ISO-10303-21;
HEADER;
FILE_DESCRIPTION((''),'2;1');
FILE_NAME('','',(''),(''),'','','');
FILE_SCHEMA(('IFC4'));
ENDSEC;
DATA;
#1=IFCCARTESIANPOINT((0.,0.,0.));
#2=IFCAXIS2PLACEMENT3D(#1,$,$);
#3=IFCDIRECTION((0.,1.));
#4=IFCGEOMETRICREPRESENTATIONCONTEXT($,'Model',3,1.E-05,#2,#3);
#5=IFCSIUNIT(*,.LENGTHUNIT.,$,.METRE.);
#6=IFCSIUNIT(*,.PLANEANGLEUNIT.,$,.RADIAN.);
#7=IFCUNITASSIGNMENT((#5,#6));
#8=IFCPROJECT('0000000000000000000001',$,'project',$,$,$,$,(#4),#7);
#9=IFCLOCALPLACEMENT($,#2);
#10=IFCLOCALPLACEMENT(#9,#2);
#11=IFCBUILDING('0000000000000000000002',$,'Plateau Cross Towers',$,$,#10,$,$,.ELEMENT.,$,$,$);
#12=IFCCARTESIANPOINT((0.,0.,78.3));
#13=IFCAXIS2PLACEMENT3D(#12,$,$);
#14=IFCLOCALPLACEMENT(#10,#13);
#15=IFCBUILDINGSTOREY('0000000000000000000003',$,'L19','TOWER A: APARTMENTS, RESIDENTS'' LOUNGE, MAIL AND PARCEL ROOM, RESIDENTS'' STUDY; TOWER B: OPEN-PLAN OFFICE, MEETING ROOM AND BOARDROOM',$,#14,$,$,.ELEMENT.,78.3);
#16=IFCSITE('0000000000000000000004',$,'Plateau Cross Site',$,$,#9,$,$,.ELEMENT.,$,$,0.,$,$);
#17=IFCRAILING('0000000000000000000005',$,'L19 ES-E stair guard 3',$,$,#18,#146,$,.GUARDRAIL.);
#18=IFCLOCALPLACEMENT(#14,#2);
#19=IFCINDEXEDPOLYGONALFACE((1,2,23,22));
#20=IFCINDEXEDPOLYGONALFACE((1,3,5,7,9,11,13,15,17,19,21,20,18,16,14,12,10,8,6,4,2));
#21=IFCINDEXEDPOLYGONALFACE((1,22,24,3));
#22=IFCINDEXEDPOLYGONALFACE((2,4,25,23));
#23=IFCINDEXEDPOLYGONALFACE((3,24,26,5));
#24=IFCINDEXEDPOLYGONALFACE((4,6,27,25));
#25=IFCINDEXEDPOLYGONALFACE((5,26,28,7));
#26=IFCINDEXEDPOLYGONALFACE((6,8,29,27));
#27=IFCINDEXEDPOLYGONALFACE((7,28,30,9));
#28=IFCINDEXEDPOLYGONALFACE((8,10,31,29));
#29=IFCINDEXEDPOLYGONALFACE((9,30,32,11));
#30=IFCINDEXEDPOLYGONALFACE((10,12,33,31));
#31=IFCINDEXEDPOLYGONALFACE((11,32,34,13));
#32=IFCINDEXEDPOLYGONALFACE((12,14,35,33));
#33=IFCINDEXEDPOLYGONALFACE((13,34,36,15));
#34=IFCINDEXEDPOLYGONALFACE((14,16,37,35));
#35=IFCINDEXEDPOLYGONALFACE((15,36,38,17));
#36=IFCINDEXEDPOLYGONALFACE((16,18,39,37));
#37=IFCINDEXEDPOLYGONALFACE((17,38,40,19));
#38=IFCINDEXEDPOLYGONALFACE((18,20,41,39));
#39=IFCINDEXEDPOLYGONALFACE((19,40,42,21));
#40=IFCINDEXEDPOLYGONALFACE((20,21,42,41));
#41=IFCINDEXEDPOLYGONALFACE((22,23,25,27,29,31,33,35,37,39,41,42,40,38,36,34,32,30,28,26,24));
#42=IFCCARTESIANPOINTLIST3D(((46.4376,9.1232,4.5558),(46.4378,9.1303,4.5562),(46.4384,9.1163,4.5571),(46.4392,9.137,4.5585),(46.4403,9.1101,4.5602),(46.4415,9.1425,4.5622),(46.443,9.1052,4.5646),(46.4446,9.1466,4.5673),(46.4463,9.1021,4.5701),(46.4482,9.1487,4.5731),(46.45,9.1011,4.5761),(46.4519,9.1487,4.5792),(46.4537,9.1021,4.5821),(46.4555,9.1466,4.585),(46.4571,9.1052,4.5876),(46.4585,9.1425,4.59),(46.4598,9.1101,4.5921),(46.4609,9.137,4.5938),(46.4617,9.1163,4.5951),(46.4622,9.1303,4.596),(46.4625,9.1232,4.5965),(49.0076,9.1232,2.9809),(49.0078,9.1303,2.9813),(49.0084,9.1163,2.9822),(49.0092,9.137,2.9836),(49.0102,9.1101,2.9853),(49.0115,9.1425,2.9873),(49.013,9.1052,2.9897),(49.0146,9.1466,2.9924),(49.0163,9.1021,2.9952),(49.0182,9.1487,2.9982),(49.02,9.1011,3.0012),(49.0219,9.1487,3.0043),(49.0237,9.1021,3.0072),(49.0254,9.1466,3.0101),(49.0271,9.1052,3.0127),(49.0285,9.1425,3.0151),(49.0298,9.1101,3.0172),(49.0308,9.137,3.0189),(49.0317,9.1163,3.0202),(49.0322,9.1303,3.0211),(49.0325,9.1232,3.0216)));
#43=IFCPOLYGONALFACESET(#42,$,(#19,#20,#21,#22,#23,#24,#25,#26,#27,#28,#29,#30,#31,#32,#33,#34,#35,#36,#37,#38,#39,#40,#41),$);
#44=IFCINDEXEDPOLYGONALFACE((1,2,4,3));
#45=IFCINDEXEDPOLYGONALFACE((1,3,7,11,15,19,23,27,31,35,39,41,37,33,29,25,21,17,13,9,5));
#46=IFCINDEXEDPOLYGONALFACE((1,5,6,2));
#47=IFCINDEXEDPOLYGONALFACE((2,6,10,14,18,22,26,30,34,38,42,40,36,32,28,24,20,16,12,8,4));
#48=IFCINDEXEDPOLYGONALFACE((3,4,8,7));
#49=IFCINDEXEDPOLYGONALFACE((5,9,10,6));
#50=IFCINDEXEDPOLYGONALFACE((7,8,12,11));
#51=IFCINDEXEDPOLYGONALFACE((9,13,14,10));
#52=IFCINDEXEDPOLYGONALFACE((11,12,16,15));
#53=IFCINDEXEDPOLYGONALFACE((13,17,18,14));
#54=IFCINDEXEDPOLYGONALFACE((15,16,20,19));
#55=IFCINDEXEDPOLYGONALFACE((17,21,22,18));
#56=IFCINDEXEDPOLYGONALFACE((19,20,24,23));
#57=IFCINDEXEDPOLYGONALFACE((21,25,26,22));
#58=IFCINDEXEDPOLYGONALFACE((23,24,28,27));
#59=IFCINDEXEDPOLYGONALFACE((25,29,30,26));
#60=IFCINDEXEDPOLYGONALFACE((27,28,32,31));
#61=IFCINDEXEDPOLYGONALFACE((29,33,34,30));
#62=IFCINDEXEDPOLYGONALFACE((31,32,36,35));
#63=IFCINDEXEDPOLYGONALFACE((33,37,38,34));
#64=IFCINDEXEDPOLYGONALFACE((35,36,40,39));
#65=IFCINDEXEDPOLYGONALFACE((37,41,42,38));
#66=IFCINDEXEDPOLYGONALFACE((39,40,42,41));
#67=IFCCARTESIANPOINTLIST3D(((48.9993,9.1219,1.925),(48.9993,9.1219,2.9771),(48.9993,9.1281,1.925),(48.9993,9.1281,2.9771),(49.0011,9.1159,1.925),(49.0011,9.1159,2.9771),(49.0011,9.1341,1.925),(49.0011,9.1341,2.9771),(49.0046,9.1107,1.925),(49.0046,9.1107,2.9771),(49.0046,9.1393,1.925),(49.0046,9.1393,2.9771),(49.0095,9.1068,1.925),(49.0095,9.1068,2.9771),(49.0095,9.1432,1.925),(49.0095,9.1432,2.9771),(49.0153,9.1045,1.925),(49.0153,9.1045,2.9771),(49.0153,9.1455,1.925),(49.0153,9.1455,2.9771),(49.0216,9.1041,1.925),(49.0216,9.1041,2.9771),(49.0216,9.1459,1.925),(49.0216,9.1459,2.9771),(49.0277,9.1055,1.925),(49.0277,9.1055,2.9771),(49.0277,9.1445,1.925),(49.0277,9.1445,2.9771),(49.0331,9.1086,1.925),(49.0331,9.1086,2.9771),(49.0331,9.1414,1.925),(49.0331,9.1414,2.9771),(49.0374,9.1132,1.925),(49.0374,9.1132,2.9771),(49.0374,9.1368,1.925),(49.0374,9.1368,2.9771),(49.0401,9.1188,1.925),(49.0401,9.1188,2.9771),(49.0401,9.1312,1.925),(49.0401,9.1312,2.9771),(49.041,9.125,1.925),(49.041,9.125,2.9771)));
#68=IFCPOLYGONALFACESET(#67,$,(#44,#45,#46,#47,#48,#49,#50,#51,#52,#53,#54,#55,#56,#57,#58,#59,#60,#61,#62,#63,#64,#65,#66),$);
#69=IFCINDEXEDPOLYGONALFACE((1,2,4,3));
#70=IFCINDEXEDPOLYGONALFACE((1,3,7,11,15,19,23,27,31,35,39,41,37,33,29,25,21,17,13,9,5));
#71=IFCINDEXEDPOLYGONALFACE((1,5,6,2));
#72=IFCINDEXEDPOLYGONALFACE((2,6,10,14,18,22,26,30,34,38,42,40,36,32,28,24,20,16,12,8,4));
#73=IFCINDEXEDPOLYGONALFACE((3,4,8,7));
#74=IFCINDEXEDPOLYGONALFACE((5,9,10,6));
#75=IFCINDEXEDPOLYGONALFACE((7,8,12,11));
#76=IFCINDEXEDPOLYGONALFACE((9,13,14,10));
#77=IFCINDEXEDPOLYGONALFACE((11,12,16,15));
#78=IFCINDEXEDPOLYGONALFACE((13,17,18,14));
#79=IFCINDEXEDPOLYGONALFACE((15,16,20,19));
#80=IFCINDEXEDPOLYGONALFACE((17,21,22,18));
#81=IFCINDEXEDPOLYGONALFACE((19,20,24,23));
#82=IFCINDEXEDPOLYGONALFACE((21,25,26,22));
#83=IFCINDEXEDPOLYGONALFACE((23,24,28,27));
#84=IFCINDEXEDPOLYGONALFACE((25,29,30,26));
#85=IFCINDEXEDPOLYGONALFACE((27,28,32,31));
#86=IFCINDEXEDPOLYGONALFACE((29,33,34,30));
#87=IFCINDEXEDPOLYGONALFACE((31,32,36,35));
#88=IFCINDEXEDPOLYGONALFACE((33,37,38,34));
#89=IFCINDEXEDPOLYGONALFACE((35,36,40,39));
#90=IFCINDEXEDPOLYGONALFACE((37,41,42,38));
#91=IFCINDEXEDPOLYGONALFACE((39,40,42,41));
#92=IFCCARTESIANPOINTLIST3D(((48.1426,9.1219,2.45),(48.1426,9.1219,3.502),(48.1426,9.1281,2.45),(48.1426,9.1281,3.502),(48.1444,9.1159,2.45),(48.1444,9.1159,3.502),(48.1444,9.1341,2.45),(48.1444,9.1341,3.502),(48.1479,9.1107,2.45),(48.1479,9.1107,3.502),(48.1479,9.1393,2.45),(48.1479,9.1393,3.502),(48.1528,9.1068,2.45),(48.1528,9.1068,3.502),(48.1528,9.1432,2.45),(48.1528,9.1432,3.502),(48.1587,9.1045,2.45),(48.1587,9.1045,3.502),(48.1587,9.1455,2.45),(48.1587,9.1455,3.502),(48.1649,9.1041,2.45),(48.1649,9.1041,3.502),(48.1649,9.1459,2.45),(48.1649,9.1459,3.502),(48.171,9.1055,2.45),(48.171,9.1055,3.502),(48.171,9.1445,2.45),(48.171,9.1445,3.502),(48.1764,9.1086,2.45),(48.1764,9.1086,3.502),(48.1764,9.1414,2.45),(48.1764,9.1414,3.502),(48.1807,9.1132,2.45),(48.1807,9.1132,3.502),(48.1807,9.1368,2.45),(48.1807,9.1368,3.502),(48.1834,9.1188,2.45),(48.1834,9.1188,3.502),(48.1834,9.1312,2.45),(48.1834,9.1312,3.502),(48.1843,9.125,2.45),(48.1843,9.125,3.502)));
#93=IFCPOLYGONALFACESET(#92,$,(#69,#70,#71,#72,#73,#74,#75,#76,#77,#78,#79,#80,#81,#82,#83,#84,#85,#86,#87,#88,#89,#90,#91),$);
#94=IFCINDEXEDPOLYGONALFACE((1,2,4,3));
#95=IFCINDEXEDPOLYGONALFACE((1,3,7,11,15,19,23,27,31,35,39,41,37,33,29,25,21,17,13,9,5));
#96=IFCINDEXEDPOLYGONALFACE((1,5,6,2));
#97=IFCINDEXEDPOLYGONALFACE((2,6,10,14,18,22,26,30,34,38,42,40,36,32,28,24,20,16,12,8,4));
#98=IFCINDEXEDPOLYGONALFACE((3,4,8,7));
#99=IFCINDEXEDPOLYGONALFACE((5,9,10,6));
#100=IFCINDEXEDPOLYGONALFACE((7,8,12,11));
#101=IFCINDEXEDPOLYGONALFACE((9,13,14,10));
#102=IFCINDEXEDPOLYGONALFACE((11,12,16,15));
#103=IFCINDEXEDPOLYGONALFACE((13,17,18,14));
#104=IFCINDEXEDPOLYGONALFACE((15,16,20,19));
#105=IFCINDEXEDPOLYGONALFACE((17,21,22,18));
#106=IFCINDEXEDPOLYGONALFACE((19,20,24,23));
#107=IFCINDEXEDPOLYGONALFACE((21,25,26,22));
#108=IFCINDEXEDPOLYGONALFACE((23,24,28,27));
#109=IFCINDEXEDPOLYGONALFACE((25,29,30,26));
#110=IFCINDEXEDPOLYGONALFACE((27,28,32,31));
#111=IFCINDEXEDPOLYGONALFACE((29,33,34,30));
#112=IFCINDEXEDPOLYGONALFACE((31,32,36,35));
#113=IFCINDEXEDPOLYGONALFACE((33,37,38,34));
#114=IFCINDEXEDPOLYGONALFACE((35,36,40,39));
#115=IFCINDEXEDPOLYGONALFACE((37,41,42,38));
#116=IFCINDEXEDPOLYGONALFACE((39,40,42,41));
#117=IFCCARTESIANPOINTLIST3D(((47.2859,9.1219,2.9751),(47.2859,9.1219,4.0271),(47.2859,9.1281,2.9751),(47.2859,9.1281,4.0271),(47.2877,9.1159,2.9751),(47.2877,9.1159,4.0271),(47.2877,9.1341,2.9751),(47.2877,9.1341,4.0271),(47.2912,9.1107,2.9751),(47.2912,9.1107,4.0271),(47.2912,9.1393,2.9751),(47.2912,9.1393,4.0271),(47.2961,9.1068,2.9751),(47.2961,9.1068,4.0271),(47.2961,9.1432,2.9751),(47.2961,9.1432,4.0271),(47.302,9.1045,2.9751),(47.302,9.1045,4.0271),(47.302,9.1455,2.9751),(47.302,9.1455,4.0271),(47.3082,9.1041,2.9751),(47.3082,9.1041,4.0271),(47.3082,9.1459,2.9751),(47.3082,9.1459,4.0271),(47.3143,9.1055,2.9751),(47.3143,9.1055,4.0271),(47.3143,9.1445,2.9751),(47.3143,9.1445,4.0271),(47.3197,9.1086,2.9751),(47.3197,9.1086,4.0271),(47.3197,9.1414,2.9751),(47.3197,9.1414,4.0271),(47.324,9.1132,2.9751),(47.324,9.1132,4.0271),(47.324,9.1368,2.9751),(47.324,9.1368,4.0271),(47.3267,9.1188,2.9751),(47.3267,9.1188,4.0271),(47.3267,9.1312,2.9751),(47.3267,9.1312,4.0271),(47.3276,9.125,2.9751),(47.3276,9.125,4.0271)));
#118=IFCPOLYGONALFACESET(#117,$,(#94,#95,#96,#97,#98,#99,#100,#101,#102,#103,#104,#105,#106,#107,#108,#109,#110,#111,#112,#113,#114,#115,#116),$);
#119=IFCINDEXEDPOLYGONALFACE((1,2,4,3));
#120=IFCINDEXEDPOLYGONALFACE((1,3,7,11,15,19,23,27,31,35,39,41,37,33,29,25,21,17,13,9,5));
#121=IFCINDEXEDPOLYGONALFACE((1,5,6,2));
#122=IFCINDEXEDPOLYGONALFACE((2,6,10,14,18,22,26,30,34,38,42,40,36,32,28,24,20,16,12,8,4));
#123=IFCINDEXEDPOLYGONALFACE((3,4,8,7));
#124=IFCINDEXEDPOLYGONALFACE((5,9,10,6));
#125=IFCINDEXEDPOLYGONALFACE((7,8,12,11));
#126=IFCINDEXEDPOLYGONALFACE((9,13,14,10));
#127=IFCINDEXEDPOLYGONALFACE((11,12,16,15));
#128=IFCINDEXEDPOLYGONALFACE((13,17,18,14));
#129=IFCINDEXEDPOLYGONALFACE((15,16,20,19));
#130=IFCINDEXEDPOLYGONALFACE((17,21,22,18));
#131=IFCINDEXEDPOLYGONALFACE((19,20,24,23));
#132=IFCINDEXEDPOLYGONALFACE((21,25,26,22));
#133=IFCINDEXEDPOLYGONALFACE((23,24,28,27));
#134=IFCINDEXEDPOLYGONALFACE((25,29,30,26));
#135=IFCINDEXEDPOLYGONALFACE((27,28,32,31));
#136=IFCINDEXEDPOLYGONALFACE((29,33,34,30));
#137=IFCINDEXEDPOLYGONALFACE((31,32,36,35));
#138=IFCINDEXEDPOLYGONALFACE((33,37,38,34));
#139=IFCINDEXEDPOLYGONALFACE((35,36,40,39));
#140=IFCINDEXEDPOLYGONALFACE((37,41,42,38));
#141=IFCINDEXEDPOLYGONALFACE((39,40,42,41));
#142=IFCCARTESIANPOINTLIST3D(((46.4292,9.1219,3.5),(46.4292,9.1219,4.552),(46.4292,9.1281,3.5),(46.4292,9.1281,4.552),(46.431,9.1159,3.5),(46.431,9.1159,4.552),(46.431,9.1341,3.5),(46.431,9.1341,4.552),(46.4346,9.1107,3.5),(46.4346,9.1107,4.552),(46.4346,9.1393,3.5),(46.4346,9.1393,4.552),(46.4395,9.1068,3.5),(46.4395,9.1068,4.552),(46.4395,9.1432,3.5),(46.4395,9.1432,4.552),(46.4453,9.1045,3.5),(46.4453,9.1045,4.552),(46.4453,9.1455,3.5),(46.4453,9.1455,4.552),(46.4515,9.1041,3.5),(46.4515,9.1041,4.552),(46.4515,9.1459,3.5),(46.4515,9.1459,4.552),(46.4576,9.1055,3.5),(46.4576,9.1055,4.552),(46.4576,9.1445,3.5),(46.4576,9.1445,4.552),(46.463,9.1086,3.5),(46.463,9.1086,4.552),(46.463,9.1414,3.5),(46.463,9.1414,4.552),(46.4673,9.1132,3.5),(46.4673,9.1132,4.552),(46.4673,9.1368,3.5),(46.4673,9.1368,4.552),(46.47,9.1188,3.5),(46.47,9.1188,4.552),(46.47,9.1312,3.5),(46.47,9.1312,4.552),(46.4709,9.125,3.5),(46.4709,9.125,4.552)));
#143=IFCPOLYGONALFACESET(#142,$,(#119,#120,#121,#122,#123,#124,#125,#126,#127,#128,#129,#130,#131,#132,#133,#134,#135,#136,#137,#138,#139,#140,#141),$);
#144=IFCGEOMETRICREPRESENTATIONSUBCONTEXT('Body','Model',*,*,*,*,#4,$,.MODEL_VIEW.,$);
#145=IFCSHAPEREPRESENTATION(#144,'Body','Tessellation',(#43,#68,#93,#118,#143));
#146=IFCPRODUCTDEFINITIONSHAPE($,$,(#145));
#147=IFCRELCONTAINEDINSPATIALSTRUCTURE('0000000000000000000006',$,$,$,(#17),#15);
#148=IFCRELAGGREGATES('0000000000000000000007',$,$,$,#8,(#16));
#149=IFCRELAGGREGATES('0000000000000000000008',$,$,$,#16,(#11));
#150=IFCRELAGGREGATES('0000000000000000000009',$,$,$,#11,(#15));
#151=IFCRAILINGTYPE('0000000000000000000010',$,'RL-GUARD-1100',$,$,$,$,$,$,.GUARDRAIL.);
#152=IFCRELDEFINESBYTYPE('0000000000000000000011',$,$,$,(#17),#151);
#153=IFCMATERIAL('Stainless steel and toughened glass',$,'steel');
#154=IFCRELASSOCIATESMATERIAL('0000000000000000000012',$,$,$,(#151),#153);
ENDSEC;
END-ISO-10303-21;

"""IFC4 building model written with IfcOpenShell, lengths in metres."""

from ifc_helpers import new_model, si_unit, direction, frame, origin, origin_2d, place, context, subcontext, project, spatial, circle, extrude, material, type_object, element, save


model = new_model("IFC4")

# Units and contexts
model_context = context("Model", 3, precision=1e-05, world=origin(), true_north=direction((0.0, 1.0)))
body_context = subcontext(model_context, "Body", "Model", "MODEL_VIEW")
ifc_project = project(units=[si_unit("LENGTHUNIT", "METRE"), si_unit("PLANEANGLEUNIT", "RADIAN")], contexts=[model_context])

# Site, building, storey
site_placement = place(None, origin())
site = spatial("IfcSite", under=ifc_project, at=site_placement, Name="Plateau Cross Site", CompositionType="ELEMENT", RefElevation=0.0)
building_placement = place(site_placement, origin())
building = spatial("IfcBuilding", under=site, at=building_placement, Name="Plateau Cross Towers", CompositionType="ELEMENT")
storey_placement = place(building_placement, frame((0.0, 0.0, 78.3)))
storey = spatial("IfcBuildingStorey", under=building, at=storey_placement, Name="L19", Description="TOWER A: APARTMENTS, RESIDENTS' LOUNGE, MAIL AND PARCEL ROOM, RESIDENTS' STUDY; TOWER B: OPEN-PLAN OFFICE, MEETING ROOM AND BOARDROOM", CompositionType="ELEMENT", Elevation=78.3)

# Railing
ifc_material_1 = material(Name="Stainless steel and toughened glass", Category="steel")
railing_type = type_object("IfcRailingType", Name="RL-GUARD-1100", PredefinedType="GUARDRAIL", material=ifc_material_1)
railing_1_placement = place(storey_placement, frame((49.02, 9.125, 1.925)))
element("IfcRailing", 1, at=railing_1_placement, inside=storey, type_object=railing_type, Name="L19 ES-E stair guard 3", PredefinedType="GUARDRAIL", context=body_context, shape_type="SweptSolid", body=[
    extrude(circle(Radius=0.0239, at=origin_2d()), frame((0.0, 0.0, 1.0762), z_axis=(-0.852639, 0.0, 0.522501), x_axis=(0.0, -1.0, 0.0)), (0.0, 0.0, 1.0), 3.0142),
    extrude(circle(Radius=0.021, at=origin_2d()), origin(), (0.0, 0.0, 1.0), 1.052),
    extrude(circle(Radius=0.021, at=origin_2d()), frame((-0.8567, 0.0, 0.5249)), (0.0, 0.0, 1.0), 1.052),
    extrude(circle(Radius=0.021, at=origin_2d()), frame((-1.7134, 0.0, 1.05)), (0.0, 0.0, 1.0), 1.052),
    extrude(circle(Radius=0.021, at=origin_2d()), frame((-2.5701, 0.0, 1.575)), (0.0, 0.0, 1.0), 1.052),
])

save(model, "model.ifc")
